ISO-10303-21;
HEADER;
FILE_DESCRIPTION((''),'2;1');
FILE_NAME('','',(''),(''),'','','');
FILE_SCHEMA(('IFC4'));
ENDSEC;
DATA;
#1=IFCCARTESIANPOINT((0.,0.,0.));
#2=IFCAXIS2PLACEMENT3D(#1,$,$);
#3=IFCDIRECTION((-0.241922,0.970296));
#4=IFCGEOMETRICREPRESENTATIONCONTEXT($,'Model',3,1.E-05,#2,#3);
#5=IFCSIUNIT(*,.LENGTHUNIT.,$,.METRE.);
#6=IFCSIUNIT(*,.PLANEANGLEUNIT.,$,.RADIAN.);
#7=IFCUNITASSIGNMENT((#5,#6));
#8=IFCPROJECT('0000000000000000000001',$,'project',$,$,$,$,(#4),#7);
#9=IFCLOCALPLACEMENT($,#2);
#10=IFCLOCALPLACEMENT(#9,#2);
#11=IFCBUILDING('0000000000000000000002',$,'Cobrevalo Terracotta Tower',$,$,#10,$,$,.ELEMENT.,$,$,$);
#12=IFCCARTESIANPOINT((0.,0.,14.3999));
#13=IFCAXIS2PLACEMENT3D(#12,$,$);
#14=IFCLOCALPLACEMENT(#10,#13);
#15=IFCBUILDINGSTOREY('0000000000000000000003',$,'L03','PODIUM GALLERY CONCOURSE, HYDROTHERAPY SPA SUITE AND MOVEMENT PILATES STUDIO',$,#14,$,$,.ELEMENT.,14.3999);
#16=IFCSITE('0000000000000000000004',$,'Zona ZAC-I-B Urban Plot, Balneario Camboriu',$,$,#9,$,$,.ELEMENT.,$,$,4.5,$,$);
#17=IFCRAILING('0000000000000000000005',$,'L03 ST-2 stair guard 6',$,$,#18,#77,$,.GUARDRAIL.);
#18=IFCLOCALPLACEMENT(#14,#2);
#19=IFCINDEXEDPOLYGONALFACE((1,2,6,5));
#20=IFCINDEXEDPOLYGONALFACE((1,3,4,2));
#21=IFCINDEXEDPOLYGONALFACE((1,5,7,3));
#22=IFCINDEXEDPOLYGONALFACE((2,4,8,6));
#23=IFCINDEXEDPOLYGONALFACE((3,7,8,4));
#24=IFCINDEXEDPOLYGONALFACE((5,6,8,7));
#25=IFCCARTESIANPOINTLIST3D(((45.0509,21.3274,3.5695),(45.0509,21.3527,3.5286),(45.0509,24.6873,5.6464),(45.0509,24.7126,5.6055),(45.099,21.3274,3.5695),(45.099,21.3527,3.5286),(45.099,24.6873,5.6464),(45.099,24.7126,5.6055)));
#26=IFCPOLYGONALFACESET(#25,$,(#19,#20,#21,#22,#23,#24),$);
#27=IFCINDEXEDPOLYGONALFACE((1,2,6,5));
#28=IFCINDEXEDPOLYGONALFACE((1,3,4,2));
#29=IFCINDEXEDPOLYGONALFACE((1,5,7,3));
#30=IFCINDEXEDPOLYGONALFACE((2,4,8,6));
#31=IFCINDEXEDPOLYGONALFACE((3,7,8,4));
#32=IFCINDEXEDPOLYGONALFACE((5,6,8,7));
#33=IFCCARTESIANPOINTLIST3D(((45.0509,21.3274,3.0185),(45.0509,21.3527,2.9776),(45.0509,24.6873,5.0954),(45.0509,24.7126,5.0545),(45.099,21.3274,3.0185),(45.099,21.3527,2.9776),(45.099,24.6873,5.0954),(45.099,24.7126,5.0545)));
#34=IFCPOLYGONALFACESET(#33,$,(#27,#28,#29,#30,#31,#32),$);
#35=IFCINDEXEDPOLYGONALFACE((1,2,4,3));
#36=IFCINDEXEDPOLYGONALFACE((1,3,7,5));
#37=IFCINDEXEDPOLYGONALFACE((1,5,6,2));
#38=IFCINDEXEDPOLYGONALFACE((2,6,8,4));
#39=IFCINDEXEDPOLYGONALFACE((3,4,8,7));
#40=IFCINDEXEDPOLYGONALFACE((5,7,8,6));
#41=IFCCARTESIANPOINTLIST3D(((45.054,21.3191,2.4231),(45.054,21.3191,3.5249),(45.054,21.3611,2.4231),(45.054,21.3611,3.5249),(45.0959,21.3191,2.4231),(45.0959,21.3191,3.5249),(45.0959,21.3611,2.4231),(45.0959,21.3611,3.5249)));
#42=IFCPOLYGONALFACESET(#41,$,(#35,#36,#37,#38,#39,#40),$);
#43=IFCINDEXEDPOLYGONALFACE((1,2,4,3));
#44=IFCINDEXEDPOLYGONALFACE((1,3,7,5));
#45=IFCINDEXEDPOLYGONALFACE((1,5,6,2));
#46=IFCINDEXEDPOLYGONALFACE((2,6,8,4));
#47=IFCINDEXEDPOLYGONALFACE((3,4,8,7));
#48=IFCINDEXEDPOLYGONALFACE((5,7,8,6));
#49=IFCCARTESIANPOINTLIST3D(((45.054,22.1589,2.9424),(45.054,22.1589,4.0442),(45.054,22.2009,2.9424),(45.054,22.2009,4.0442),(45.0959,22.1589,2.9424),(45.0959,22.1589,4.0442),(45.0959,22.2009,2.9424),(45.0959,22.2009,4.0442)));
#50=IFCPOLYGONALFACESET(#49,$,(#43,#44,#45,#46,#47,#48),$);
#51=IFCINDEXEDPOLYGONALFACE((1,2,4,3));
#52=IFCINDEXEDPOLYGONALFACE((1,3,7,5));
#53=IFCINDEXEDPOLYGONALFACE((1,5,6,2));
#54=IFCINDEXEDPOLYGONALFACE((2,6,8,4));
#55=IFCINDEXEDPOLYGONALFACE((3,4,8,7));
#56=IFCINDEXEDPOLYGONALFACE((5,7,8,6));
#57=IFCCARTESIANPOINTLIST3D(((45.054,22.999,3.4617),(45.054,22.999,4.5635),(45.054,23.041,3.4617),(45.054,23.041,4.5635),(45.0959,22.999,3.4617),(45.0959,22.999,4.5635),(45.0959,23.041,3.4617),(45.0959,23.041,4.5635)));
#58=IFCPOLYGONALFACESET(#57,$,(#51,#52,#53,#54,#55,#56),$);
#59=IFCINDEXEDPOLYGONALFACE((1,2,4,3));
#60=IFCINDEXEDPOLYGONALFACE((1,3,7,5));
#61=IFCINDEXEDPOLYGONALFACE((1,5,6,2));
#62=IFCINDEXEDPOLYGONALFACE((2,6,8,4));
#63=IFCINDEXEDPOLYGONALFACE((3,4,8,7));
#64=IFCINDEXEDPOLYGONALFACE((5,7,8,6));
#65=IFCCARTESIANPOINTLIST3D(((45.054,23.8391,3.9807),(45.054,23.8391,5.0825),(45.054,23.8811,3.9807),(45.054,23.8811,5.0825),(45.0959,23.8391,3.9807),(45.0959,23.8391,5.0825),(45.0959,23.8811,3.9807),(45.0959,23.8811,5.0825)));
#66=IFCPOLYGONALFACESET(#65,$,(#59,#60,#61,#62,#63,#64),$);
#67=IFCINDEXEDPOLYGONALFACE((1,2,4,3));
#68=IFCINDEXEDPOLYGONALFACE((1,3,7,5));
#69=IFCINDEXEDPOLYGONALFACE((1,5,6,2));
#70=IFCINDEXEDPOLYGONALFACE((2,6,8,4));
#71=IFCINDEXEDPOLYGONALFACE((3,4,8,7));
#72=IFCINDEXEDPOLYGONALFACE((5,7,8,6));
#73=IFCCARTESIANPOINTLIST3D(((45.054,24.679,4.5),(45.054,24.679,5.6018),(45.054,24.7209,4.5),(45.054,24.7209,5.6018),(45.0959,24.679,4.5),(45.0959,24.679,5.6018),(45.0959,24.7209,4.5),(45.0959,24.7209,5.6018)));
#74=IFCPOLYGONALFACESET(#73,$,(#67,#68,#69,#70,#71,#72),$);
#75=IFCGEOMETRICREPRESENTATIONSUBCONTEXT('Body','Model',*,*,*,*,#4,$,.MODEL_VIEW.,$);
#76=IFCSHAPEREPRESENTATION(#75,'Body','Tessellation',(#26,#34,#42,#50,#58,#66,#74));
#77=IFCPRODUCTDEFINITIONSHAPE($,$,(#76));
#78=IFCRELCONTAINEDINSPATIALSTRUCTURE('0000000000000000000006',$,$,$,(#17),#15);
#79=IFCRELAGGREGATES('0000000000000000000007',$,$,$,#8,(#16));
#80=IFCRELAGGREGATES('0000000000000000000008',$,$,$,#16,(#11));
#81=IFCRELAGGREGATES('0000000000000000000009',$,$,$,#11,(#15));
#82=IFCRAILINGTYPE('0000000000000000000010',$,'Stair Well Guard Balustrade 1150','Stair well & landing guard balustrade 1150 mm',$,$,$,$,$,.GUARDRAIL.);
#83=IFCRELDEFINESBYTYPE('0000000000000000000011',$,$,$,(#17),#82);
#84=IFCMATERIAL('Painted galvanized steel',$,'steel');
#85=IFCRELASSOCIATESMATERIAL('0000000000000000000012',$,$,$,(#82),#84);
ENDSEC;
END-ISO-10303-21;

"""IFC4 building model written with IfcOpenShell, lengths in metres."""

from ifc_helpers import new_model, si_unit, direction, frame, origin, origin_2d, place, context, subcontext, project, spatial, rectangle, extrude, material, type_object, element, save


model = new_model("IFC4")

# Units and contexts
model_context = context("Model", 3, precision=1e-05, world=origin(), true_north=direction((-0.241922, 0.970296)))
body_context = subcontext(model_context, "Body", "Model", "MODEL_VIEW")
ifc_project = project(units=[si_unit("LENGTHUNIT", "METRE"), si_unit("PLANEANGLEUNIT", "RADIAN")], contexts=[model_context])

# Site, building, storey
site_placement = place(None, origin())
site = spatial("IfcSite", under=ifc_project, at=site_placement, Name="Zona ZAC-I-B Urban Plot, Balneario Camboriu", CompositionType="ELEMENT", RefElevation=4.5)
building_placement = place(site_placement, origin())
building = spatial("IfcBuilding", under=site, at=building_placement, Name="Cobrevalo Terracotta Tower", CompositionType="ELEMENT")
storey_placement = place(building_placement, frame((0.0, 0.0, 14.3999)))
storey = spatial("IfcBuildingStorey", under=building, at=storey_placement, Name="L03", Description="PODIUM GALLERY CONCOURSE, HYDROTHERAPY SPA SUITE AND MOVEMENT PILATES STUDIO", CompositionType="ELEMENT", Elevation=14.3999)

# Railing
ifc_material_1 = material(Name="Painted galvanized steel", Category="steel")
railing_type_1 = type_object("IfcRailingType", Name="Stair Well Guard Balustrade 1150", Description="Stair well & landing guard balustrade 1150 mm", PredefinedType="GUARDRAIL", material=ifc_material_1)
railing_1_placement = place(storey_placement, frame((45.075, 21.3401, 2.4231)))
element("IfcRailing", 1, at=railing_1_placement, inside=storey, type_object=railing_type_1, Name="L03 ST-2 stair guard 6", PredefinedType="GUARDRAIL", context=body_context, shape_type="SweptSolid", body=[
    extrude(rectangle(XDim=0.0481, YDim=0.0481, at=origin_2d()), frame((0.0, 0.0, 1.126), z_axis=(0.0, 0.850606, 0.525803), x_axis=(-1.0, 0.0, 0.0)), (0.0, 0.0, 1.0), 3.95),
    extrude(rectangle(XDim=0.0481, YDim=0.0481, at=origin_2d()), frame((0.0, 0.0, 0.575), z_axis=(0.0, 0.850606, 0.525803), x_axis=(-1.0, 0.0, 0.0)), (0.0, 0.0, 1.0), 3.95),
    extrude(rectangle(XDim=0.042, YDim=0.042, at=origin_2d()), origin(), (0.0, 0.0, 1.0), 1.1018),
    extrude(rectangle(XDim=0.042, YDim=0.042, at=origin_2d()), frame((0.0, 0.8398, 0.5193)), (0.0, 0.0, 1.0), 1.1018),
    extrude(rectangle(XDim=0.042, YDim=0.042, at=origin_2d()), frame((0.0, 1.6799, 1.0386)), (0.0, 0.0, 1.0), 1.1018),
    extrude(rectangle(XDim=0.042, YDim=0.042, at=origin_2d()), frame((0.0, 2.52, 1.5576)), (0.0, 0.0, 1.0), 1.1018),
    extrude(rectangle(XDim=0.042, YDim=0.042, at=origin_2d()), frame((0.0, 3.3599, 2.0769)), (0.0, 0.0, 1.0), 1.1018),
])

save(model, "model.ifc")
